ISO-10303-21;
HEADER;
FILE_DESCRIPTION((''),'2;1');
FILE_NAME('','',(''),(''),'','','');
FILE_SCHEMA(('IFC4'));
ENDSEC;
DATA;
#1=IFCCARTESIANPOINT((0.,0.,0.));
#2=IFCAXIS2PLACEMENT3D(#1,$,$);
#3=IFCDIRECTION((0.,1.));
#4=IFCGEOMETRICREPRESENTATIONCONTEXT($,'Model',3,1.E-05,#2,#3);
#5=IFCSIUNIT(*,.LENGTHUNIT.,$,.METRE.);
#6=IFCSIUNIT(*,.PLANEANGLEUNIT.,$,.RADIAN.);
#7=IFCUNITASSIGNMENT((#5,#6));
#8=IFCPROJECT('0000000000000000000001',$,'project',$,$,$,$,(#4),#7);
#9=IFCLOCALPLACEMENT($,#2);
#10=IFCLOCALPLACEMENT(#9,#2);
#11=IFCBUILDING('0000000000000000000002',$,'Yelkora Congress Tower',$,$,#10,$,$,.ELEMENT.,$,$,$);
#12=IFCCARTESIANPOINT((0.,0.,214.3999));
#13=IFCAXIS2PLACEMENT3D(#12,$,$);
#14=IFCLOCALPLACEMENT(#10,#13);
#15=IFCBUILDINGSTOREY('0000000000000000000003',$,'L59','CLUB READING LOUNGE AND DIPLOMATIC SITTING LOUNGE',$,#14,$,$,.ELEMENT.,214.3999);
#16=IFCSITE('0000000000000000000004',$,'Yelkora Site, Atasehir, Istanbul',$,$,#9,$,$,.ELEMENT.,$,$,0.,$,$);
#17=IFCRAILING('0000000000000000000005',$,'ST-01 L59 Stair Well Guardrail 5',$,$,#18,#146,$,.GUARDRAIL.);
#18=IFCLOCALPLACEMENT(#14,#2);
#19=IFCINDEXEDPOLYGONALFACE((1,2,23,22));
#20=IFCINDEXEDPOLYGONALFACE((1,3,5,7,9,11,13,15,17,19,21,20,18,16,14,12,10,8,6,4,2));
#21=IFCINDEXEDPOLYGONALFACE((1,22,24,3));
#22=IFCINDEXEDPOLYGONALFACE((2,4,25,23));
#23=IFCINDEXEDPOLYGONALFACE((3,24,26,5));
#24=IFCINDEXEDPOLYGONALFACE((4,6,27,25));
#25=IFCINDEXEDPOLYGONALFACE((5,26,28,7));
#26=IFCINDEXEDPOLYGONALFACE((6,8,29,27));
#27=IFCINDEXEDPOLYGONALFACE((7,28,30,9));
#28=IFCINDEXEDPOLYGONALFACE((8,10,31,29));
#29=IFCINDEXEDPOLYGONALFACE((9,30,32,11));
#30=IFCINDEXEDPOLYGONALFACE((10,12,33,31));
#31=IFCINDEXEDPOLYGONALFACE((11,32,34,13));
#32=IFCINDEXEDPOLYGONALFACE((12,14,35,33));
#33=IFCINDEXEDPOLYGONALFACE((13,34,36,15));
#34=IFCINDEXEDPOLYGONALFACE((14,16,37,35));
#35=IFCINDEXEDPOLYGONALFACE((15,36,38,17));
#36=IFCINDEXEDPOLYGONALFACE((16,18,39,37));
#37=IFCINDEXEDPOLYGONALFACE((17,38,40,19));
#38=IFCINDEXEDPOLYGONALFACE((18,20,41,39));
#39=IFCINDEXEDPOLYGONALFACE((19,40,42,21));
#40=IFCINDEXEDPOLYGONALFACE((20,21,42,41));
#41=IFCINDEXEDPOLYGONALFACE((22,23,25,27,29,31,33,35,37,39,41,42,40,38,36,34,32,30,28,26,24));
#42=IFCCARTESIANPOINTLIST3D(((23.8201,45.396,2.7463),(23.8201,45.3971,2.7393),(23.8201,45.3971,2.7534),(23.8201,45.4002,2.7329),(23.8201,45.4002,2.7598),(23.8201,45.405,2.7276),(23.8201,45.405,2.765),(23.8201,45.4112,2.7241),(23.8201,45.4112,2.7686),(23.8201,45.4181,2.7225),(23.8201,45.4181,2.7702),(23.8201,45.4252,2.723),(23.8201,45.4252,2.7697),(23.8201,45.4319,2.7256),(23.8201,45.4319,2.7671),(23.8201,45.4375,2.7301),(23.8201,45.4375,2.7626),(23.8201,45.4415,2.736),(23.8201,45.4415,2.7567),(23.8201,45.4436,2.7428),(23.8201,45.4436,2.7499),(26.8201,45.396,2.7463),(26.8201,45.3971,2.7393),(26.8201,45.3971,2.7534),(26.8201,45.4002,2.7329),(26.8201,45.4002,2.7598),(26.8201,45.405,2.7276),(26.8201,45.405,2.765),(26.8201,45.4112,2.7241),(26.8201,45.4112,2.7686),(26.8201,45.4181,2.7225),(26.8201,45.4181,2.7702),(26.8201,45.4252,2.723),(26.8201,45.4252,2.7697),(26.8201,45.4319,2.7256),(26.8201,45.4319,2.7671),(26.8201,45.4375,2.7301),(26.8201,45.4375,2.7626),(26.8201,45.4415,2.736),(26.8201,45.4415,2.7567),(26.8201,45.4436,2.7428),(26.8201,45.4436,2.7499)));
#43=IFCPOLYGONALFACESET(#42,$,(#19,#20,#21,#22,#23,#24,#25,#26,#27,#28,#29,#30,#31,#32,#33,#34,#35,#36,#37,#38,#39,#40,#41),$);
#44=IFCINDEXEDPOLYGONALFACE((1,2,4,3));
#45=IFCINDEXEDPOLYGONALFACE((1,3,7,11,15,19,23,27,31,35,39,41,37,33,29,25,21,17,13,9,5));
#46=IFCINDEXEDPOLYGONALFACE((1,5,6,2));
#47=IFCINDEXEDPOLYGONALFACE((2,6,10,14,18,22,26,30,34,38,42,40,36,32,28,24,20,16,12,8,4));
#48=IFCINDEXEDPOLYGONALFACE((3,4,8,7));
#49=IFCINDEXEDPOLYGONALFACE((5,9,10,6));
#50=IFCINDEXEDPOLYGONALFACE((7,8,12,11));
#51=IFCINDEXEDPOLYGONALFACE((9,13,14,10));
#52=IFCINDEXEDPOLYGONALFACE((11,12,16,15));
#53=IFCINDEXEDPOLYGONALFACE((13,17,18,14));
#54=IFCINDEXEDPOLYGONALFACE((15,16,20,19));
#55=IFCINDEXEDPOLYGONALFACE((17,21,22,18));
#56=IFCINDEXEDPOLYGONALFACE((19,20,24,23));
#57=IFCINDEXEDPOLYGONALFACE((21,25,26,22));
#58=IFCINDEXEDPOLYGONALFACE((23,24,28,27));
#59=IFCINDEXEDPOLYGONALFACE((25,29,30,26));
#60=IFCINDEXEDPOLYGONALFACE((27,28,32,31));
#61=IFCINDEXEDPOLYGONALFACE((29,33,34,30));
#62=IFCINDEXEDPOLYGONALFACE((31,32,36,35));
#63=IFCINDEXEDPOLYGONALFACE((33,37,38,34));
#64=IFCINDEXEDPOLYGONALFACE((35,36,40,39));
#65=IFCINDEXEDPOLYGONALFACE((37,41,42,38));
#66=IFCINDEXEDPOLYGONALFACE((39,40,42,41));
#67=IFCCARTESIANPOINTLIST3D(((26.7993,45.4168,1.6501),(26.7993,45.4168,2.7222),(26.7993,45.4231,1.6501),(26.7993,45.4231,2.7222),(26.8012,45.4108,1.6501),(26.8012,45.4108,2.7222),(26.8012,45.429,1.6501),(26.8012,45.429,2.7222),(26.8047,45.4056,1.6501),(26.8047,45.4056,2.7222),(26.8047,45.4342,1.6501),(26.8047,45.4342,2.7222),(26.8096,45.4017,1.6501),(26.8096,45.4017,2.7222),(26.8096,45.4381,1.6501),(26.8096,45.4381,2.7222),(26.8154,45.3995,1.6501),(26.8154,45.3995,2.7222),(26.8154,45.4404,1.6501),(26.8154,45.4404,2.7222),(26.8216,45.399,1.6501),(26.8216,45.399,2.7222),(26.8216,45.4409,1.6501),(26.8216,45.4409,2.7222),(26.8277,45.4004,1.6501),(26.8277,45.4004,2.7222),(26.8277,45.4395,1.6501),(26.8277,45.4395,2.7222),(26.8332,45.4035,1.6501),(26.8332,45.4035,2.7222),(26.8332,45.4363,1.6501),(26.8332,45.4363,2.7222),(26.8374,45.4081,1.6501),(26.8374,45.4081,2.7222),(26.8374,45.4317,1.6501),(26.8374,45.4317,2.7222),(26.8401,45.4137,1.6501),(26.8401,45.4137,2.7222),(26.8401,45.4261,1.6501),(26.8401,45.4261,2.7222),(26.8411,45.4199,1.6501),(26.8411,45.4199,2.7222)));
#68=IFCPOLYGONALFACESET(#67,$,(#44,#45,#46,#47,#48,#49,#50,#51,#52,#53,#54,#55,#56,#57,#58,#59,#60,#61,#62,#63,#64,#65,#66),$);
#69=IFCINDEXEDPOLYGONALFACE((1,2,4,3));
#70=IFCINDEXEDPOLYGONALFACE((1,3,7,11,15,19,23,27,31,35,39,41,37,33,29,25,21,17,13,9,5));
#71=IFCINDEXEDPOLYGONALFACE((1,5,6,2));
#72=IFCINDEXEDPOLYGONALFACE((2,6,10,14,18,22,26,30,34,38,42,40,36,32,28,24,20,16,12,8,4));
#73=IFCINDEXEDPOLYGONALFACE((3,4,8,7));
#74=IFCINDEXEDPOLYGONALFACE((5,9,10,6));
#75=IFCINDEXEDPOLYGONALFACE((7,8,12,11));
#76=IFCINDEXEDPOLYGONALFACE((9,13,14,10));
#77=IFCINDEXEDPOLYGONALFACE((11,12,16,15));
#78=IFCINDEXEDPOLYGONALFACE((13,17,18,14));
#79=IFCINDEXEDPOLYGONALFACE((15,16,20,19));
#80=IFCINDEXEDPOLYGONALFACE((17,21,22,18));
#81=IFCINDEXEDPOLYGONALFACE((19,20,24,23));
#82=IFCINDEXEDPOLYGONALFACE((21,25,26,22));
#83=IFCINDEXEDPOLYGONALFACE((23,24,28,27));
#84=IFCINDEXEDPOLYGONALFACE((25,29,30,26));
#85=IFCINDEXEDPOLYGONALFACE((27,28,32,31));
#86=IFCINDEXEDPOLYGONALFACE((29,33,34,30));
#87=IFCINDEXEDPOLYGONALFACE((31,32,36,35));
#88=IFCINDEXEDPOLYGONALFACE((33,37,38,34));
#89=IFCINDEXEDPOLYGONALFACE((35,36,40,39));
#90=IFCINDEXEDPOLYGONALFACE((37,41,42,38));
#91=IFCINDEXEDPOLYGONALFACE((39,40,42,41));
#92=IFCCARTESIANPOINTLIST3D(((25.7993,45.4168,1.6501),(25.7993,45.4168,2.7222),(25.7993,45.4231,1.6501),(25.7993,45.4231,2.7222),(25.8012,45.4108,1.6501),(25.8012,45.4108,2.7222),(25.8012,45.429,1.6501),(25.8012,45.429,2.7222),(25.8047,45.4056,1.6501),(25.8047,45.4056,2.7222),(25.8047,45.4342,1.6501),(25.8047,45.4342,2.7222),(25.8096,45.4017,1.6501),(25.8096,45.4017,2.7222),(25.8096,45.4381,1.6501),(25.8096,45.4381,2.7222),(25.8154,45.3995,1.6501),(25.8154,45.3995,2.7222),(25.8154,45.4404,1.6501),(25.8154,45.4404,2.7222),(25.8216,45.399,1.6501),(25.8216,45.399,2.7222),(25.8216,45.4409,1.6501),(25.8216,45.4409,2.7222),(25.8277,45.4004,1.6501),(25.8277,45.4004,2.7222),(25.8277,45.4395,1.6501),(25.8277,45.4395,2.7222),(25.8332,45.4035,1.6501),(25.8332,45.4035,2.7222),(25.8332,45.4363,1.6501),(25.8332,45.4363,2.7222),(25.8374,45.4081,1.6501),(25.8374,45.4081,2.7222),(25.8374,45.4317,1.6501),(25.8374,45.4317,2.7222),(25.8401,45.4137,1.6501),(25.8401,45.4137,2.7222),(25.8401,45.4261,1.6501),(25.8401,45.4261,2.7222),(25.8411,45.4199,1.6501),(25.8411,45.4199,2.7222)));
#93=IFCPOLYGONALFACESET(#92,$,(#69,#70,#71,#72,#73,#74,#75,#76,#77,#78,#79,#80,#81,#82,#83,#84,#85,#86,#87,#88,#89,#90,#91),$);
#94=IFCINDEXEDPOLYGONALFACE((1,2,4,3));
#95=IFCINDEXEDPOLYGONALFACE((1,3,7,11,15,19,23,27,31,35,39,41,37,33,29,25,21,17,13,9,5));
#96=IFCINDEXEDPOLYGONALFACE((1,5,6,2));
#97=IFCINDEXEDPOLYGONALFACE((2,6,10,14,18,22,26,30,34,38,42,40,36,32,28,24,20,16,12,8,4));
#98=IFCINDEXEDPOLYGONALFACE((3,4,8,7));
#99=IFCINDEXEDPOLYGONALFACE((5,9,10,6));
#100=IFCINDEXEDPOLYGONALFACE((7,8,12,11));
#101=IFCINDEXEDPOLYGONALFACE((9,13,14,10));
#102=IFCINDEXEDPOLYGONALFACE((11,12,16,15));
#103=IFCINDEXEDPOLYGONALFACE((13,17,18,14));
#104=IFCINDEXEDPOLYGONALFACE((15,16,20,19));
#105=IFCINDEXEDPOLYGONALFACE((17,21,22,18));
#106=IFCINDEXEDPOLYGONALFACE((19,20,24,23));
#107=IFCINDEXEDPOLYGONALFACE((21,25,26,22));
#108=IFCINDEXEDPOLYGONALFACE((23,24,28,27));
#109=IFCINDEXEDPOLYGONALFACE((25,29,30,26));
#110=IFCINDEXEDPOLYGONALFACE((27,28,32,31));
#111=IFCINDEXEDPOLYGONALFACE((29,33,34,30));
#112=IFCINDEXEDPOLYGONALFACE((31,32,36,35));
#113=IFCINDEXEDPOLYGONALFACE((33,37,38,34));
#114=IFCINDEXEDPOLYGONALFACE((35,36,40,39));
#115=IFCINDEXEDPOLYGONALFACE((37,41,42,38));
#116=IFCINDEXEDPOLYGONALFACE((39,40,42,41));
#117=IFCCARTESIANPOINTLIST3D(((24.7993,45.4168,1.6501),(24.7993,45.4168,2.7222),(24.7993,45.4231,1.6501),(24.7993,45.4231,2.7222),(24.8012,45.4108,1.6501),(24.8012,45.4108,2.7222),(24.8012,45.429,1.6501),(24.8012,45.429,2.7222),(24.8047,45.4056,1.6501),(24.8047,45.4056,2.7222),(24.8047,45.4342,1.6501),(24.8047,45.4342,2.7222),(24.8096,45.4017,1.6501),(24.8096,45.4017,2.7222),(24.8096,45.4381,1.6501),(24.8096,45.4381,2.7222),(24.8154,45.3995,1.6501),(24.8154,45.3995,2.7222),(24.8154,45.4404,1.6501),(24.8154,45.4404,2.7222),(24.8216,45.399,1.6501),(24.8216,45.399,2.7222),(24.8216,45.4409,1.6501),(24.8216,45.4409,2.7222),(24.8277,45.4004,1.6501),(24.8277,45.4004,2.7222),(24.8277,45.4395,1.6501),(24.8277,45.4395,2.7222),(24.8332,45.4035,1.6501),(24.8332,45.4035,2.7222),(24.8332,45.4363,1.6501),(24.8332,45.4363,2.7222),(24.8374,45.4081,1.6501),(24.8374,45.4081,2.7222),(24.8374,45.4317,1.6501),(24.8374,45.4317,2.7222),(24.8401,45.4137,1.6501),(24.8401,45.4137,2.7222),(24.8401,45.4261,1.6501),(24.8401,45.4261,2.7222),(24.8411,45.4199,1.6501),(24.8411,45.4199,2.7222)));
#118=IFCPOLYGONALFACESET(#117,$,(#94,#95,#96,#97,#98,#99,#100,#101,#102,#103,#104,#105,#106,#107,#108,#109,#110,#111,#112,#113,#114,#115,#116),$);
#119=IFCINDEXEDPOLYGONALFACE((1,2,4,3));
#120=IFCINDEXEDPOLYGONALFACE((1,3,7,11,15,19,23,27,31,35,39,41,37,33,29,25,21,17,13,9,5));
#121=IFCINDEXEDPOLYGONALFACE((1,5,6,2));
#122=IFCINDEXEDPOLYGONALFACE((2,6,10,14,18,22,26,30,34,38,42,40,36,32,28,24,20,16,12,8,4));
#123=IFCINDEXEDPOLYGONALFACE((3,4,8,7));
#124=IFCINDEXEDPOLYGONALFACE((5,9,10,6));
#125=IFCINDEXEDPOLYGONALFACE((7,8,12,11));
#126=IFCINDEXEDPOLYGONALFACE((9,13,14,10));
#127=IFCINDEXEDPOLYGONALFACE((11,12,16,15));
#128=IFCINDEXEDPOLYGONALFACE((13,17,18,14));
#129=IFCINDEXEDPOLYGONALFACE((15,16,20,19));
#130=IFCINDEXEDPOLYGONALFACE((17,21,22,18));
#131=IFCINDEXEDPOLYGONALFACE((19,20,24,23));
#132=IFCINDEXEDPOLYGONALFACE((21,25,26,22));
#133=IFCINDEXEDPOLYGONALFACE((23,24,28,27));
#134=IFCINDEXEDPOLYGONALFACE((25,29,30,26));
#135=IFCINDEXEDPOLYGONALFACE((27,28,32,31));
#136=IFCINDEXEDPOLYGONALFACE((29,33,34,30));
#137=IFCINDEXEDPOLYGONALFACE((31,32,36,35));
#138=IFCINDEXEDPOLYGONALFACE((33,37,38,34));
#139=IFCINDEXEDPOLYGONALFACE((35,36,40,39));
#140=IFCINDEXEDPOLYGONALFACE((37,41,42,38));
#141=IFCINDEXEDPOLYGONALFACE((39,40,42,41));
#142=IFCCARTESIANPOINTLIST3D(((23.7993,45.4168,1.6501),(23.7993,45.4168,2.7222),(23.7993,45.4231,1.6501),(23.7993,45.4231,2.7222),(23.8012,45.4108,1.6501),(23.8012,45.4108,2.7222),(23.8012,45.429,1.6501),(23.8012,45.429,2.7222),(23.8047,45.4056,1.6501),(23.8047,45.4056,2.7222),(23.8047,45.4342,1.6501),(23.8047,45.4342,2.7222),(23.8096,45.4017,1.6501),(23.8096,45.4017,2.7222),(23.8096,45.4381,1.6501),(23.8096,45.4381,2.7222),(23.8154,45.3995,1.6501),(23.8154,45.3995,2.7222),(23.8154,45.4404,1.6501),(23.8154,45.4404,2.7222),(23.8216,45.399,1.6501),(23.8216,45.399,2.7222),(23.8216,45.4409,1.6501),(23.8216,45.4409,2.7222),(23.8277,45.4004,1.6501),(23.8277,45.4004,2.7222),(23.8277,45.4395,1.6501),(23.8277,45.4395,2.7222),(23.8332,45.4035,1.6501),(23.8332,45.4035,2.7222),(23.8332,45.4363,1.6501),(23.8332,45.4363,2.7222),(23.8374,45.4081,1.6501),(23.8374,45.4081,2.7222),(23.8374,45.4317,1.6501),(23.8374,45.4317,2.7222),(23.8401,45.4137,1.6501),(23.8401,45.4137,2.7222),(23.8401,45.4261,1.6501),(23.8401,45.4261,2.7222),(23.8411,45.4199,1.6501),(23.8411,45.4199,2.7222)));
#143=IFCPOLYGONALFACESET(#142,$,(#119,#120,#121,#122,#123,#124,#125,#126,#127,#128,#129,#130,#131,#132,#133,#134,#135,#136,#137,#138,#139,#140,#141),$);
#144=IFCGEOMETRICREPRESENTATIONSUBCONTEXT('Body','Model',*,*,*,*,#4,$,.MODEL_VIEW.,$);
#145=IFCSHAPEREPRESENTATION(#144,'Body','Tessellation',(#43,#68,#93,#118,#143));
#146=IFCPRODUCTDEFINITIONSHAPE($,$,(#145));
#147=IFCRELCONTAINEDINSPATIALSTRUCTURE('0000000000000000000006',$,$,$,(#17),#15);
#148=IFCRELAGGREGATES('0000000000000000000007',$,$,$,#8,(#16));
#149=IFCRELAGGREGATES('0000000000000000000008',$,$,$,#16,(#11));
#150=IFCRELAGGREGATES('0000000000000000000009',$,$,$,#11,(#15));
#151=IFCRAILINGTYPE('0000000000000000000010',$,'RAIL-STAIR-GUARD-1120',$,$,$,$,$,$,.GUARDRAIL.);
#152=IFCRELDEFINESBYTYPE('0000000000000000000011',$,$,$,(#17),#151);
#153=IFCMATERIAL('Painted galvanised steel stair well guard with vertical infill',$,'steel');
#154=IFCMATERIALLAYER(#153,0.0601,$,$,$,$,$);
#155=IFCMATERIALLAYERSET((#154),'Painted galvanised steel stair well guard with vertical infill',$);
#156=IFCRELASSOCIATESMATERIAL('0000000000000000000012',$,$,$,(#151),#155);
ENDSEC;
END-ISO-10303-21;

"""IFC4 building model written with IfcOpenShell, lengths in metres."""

from ifc_helpers import new_model, si_unit, direction, frame, origin, origin_2d, place, context, subcontext, project, spatial, circle, extrude, material, layer, layer_set, type_object, element, save


model = new_model("IFC4")

# Units and contexts
model_context = context("Model", 3, precision=1e-05, world=origin(), true_north=direction((0.0, 1.0)))
body_context = subcontext(model_context, "Body", "Model", "MODEL_VIEW")
ifc_project = project(units=[si_unit("LENGTHUNIT", "METRE"), si_unit("PLANEANGLEUNIT", "RADIAN")], contexts=[model_context])

# Site, building, storey
site_placement = place(None, origin())
site = spatial("IfcSite", under=ifc_project, at=site_placement, Name="Yelkora Site, Atasehir, Istanbul", CompositionType="ELEMENT", RefElevation=0.0)
building_placement = place(site_placement, origin())
building = spatial("IfcBuilding", under=site, at=building_placement, Name="Yelkora Congress Tower", CompositionType="ELEMENT")
storey_placement = place(building_placement, frame((0.0, 0.0, 214.3999)))
storey = spatial("IfcBuildingStorey", under=building, at=storey_placement, Name="L59", Description="CLUB READING LOUNGE AND DIPLOMATIC SITTING LOUNGE", CompositionType="ELEMENT", Elevation=214.3999)

# Railing
ifc_material_1 = material(Name="Painted galvanised steel stair well guard with vertical infill", Category="steel")
ifc_layer_1 = layer(ifc_material_1, 0.0601)
ifc_layer_set_1 = layer_set([ifc_layer_1], Name="Painted galvanised steel stair well guard with vertical infill")
railing_type_1 = type_object("IfcRailingType", Name="RAIL-STAIR-GUARD-1120", PredefinedType="GUARDRAIL", material=ifc_layer_set_1)
railing_1_placement = place(storey_placement, frame((26.8201, 45.4199, 1.6501)))
element("IfcRailing", 1, at=railing_1_placement, inside=storey, type_object=railing_type_1, Name="ST-01 L59 Stair Well Guardrail 5", PredefinedType="GUARDRAIL", context=body_context, shape_type="SweptSolid", body=[
    extrude(circle(Radius=0.0239, at=origin_2d()), frame((0.0, 0.0, 1.0962), z_axis=(-1.0, 0.0, 0.0), x_axis=(0.0, -1.0, 0.0)), (0.0, 0.0, 1.0), 3.0),
    extrude(circle(Radius=0.021, at=origin_2d()), origin(), (0.0, 0.0, 1.0), 1.072),
    extrude(circle(Radius=0.021, at=origin_2d()), frame((-1.0, 0.0, 0.0)), (0.0, 0.0, 1.0), 1.072),
    extrude(circle(Radius=0.021, at=origin_2d()), frame((-2.0, 0.0, 0.0)), (0.0, 0.0, 1.0), 1.072),
    extrude(circle(Radius=0.021, at=origin_2d()), frame((-3.0, 0.0, 0.0)), (0.0, 0.0, 1.0), 1.072),
])

save(model, "model.ifc")
